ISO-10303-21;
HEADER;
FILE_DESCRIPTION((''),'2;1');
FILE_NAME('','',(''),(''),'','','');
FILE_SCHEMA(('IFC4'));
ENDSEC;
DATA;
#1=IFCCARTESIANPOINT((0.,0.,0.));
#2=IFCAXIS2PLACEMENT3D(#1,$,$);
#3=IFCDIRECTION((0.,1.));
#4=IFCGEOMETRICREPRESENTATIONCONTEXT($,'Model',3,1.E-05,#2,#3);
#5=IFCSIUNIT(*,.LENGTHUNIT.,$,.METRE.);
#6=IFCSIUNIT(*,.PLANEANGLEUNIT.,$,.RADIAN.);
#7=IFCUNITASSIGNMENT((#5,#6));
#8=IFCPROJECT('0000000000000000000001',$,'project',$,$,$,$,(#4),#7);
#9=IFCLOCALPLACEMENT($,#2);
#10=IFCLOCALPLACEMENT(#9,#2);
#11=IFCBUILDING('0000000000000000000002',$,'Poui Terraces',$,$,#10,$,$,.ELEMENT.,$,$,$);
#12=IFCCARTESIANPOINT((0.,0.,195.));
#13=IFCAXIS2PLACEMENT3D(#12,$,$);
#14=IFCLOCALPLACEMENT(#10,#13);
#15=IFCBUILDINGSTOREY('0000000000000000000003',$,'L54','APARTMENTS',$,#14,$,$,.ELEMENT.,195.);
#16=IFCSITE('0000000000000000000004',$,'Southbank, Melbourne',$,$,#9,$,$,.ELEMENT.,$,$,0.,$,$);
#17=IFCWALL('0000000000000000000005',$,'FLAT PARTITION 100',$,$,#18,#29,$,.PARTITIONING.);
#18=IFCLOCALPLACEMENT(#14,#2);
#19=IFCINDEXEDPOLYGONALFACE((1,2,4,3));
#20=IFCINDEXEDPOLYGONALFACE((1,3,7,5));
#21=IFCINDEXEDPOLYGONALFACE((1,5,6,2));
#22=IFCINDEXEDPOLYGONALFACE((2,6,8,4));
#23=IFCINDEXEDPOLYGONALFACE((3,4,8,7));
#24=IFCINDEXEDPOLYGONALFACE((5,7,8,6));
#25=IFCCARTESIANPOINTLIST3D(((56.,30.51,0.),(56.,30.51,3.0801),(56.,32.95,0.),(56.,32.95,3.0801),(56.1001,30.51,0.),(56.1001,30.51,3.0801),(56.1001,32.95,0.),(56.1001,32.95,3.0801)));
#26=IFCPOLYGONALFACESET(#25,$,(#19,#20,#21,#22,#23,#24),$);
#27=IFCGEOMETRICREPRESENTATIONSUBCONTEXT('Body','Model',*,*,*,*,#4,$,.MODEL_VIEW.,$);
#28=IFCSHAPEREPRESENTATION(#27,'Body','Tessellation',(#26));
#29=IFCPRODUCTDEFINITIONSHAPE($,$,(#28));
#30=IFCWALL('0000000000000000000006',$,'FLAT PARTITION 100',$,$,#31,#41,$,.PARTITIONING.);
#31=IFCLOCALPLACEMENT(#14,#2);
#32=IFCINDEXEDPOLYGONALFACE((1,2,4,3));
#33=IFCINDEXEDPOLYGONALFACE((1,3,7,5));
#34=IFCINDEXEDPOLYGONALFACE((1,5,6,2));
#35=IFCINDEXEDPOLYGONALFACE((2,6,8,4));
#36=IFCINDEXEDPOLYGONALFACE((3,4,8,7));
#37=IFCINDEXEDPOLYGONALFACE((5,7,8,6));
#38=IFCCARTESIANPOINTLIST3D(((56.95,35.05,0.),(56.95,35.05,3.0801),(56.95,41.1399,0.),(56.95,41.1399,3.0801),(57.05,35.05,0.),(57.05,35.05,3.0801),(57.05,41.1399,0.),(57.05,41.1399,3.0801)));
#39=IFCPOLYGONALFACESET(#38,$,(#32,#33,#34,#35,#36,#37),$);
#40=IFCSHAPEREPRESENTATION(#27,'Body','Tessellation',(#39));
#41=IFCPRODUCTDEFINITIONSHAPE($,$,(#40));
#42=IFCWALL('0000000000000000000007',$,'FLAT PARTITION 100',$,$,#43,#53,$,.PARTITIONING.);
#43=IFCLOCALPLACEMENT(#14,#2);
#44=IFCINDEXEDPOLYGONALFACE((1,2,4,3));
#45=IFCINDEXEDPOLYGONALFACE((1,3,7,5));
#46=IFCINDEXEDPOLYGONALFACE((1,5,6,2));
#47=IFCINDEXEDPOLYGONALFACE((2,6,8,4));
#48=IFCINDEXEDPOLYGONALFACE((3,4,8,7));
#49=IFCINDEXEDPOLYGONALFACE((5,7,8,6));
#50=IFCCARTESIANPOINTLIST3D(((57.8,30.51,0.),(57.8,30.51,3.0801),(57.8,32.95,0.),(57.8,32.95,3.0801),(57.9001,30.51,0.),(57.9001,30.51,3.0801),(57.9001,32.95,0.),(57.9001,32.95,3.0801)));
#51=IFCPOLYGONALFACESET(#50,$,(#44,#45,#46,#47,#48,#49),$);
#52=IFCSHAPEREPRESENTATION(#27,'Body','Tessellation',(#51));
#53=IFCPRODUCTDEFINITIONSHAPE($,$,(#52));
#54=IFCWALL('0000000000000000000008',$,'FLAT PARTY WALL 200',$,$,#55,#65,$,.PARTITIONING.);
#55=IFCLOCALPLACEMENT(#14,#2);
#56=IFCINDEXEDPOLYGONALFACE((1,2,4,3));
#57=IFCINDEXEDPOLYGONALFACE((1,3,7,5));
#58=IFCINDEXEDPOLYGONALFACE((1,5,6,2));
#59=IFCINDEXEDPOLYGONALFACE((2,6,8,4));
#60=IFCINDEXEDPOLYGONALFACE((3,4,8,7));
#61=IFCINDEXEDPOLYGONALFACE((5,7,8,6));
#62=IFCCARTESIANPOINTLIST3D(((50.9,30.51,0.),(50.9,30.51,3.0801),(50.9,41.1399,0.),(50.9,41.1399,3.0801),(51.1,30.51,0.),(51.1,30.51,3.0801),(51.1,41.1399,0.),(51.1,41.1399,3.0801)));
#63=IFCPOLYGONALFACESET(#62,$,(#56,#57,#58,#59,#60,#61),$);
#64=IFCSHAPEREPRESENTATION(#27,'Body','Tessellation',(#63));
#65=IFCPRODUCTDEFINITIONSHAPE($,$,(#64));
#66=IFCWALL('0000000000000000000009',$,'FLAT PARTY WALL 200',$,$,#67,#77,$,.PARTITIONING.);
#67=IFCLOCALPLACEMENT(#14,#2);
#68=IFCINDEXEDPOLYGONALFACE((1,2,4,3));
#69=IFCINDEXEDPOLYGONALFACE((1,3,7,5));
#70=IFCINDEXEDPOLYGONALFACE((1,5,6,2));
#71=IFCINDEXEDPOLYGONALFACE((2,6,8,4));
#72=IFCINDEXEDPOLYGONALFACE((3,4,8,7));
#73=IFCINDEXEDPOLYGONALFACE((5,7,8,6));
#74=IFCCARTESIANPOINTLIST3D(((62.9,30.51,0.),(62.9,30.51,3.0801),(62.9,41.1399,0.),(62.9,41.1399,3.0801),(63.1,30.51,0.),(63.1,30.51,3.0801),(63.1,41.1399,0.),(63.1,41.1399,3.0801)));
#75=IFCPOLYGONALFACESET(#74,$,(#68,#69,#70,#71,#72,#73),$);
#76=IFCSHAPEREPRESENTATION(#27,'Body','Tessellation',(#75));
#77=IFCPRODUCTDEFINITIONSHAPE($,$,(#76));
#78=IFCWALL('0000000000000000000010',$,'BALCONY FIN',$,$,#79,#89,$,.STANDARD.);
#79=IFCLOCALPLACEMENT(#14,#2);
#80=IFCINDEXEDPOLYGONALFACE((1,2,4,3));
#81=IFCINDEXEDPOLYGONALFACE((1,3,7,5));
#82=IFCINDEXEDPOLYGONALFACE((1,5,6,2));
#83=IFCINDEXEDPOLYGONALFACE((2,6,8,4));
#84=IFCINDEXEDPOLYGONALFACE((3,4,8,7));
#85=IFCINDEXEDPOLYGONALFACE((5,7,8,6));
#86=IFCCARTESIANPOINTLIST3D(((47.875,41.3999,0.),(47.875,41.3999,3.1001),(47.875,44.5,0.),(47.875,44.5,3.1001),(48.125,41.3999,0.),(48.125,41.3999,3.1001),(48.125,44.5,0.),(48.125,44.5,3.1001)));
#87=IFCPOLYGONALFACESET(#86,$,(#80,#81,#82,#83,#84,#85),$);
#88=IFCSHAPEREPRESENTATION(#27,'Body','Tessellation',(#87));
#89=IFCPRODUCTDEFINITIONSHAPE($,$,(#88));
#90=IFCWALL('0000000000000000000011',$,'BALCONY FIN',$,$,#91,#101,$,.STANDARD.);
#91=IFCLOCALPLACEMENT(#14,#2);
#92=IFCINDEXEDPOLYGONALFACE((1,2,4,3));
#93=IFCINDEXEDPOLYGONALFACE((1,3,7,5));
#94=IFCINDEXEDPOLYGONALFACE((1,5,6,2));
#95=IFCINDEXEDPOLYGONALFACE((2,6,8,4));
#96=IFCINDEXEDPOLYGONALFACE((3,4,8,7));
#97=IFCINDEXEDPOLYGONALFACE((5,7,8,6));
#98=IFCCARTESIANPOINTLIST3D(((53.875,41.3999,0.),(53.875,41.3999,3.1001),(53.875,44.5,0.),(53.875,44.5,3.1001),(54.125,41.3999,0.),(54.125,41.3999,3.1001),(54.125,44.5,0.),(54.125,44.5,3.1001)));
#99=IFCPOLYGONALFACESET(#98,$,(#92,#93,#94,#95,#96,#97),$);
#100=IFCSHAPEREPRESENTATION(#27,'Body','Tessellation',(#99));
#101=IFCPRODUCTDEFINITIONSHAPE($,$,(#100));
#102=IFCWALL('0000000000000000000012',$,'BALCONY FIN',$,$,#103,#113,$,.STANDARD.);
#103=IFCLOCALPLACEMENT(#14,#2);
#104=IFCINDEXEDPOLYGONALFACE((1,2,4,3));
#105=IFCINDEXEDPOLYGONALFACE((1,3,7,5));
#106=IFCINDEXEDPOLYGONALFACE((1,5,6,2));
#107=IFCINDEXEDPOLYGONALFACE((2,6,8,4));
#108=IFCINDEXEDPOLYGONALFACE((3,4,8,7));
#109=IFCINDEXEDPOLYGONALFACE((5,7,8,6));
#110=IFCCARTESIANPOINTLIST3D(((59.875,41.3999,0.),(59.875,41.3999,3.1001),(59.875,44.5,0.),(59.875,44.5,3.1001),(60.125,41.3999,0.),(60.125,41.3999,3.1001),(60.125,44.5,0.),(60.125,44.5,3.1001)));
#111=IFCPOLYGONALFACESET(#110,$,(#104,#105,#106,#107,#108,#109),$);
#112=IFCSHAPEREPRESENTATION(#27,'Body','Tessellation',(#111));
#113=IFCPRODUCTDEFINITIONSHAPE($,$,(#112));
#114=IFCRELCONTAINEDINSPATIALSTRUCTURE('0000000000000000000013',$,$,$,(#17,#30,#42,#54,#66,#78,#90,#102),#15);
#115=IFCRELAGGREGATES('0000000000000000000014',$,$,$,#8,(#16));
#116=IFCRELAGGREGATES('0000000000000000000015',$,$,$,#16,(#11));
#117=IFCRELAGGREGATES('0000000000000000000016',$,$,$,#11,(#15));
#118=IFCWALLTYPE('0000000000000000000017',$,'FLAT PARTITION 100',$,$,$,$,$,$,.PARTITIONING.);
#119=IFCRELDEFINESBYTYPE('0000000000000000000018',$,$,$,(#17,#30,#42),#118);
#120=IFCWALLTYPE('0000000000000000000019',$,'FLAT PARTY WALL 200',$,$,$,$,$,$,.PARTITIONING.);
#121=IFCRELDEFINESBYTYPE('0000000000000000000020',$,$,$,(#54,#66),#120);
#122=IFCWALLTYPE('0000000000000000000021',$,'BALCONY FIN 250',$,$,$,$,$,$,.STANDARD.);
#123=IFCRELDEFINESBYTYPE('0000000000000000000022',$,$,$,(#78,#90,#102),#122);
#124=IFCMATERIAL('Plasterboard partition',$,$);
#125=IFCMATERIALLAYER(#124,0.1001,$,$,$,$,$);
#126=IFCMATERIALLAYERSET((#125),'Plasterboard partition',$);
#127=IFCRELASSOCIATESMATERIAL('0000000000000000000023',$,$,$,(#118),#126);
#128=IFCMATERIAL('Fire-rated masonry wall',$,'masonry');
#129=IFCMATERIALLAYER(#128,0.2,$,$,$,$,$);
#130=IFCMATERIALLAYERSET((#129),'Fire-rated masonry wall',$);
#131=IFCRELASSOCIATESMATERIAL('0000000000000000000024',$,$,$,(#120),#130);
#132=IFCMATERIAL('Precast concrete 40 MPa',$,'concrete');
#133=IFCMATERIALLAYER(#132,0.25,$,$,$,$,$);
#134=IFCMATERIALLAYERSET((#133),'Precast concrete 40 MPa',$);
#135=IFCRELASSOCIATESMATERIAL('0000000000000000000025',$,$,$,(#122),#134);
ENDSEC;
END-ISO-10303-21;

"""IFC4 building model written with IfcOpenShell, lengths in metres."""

from ifc_helpers import new_model, si_unit, direction, frame, frame_2d, origin, place, context, subcontext, project, spatial, polyline, rectangle, outline, extrude, source, transform, mapped, material, layer, layer_set, type_object, element, save


model = new_model("IFC4")

# Units and contexts
model_context = context("Model", 3, precision=1e-05, world=origin(), true_north=direction((0.0, 1.0)))
body_context = subcontext(model_context, "Body", "Model", "MODEL_VIEW")
ifc_project = project(units=[si_unit("LENGTHUNIT", "METRE"), si_unit("PLANEANGLEUNIT", "RADIAN")], contexts=[model_context])

# Site, building, storey
site_placement = place(None, origin())
site = spatial("IfcSite", under=ifc_project, at=site_placement, Name="Southbank, Melbourne", CompositionType="ELEMENT", RefElevation=0.0)
building_placement = place(site_placement, origin())
building = spatial("IfcBuilding", under=site, at=building_placement, Name="Poui Terraces", CompositionType="ELEMENT")
storey_placement = place(building_placement, frame((0.0, 0.0, 195.0)))
storey = spatial("IfcBuildingStorey", under=building, at=storey_placement, Name="L54", Description="APARTMENTS", CompositionType="ELEMENT", Elevation=195.0)

# Shared definitions
ifc_material_1 = material(Name="Plasterboard partition")
ifc_layer_1 = layer(ifc_material_1, 0.1001)
ifc_layer_set_1 = layer_set([ifc_layer_1], Name="Plasterboard partition")
wall_type_1 = type_object("IfcWallType", Name="FLAT PARTITION 100", PredefinedType="PARTITIONING", material=ifc_layer_set_1)

# Walls
for number, where, z_axis, x_axis, name in (
    (1, (56.05, 30.51, 0.0), (0.0, 0.0, 1.0), (0.0, 1.0, 0.0), "FLAT PARTITION 100"),
):
    element("IfcWall", number, at=place(storey_placement, frame(where, z_axis=z_axis, x_axis=x_axis)), inside=storey, type_object=wall_type_1, Name=name, PredefinedType="PARTITIONING", context=body_context, shape_type="SweptSolid", body=[
        extrude(rectangle(XDim=2.4399, YDim=0.1001, at=frame_2d((1.22, 0.0))), origin(), (0.0, 0.0, 1.0), 3.0801),
    ])
wall_1_placement = place(storey_placement, frame((57.0, 35.05, 0.0), z_axis=(0.0, 0.0, 1.0), x_axis=(0.0, 1.0, 0.0)))
element("IfcWall", 2, at=wall_1_placement, inside=storey, type_object=wall_type_1, Name="FLAT PARTITION 100", PredefinedType="PARTITIONING", context=body_context, shape_type="SweptSolid", body=[
    extrude(rectangle(XDim=6.0898, YDim=0.1001, at=frame_2d((3.0449, 0.0))), origin(), (0.0, 0.0, 1.0), 3.0801),
])
wall_2_placement = place(storey_placement, frame((57.8501, 30.51, 0.0), z_axis=(0.0, 0.0, 1.0), x_axis=(0.0, 1.0, 0.0)))
element("IfcWall", 3, at=wall_2_placement, inside=storey, type_object=wall_type_1, Name="FLAT PARTITION 100", PredefinedType="PARTITIONING", context=body_context, shape_type="SweptSolid", body=[
    extrude(rectangle(XDim=2.4399, YDim=0.1001, at=frame_2d((1.22, 0.0))), origin(), (0.0, 0.0, 1.0), 3.0801),
])
ifc_material_2 = material(Name="Fire-rated masonry wall", Category="masonry")
ifc_layer_2 = layer(ifc_material_2, 0.2)
ifc_layer_set_2 = layer_set([ifc_layer_2], Name="Fire-rated masonry wall")
wall_type_2 = type_object("IfcWallType", Name="FLAT PARTY WALL 200", PredefinedType="PARTITIONING", material=ifc_layer_set_2)
for number, where, z_axis, x_axis, name in (
    (4, (51.0, 30.51, 0.0), (0.0, 0.0, 1.0), (0.0, 1.0, 0.0), "FLAT PARTY WALL 200"),
    (5, (63.0, 30.51, 0.0), (0.0, 0.0, 1.0), (0.0, 1.0, 0.0), "FLAT PARTY WALL 200"),
):
    element("IfcWall", number, at=place(storey_placement, frame(where, z_axis=z_axis, x_axis=x_axis)), inside=storey, type_object=wall_type_2, Name=name, PredefinedType="PARTITIONING", context=body_context, shape_type="SweptSolid", body=[
        extrude(rectangle(XDim=10.6299, YDim=0.2, at=frame_2d((5.3149, 0.0))), origin(), (0.0, 0.0, 1.0), 3.0801),
    ])
ifc_material_3 = material(Name="Precast concrete 40 MPa", Category="concrete")
ifc_layer_3 = layer(ifc_material_3, 0.25)
ifc_layer_set_3 = layer_set([ifc_layer_3], Name="Precast concrete 40 MPa")
wall_type_3 = type_object("IfcWallType", Name="BALCONY FIN 250", PredefinedType="STANDARD", material=ifc_layer_set_3)
shared_shape_1 = source(origin(), body_context, "Body", "SweptSolid", [
    extrude(outline(polyline([(0.0, 0.0), (0.25, 0.0), (0.25, 3.1001), (0.0, 3.1001), (0.0, 0.0)])), origin(), (0.0, 0.0, 1.0), 3.1001),
])
for number, where, name in (
    (6, (47.875, 41.3999, 0.0), "BALCONY FIN"),
    (7, (53.875, 41.3999, 0.0), "BALCONY FIN"),
    (8, (59.875, 41.3999, 0.0), "BALCONY FIN"),
):
    element("IfcWall", number, at=place(storey_placement, frame(where)), inside=storey, type_object=wall_type_3, Name=name, PredefinedType="STANDARD", context=body_context, shape_type="MappedRepresentation", body=[
        mapped(shared_shape_1, transform((0.0, 0.0, 0.0))),
    ])

save(model, "model.ifc")
